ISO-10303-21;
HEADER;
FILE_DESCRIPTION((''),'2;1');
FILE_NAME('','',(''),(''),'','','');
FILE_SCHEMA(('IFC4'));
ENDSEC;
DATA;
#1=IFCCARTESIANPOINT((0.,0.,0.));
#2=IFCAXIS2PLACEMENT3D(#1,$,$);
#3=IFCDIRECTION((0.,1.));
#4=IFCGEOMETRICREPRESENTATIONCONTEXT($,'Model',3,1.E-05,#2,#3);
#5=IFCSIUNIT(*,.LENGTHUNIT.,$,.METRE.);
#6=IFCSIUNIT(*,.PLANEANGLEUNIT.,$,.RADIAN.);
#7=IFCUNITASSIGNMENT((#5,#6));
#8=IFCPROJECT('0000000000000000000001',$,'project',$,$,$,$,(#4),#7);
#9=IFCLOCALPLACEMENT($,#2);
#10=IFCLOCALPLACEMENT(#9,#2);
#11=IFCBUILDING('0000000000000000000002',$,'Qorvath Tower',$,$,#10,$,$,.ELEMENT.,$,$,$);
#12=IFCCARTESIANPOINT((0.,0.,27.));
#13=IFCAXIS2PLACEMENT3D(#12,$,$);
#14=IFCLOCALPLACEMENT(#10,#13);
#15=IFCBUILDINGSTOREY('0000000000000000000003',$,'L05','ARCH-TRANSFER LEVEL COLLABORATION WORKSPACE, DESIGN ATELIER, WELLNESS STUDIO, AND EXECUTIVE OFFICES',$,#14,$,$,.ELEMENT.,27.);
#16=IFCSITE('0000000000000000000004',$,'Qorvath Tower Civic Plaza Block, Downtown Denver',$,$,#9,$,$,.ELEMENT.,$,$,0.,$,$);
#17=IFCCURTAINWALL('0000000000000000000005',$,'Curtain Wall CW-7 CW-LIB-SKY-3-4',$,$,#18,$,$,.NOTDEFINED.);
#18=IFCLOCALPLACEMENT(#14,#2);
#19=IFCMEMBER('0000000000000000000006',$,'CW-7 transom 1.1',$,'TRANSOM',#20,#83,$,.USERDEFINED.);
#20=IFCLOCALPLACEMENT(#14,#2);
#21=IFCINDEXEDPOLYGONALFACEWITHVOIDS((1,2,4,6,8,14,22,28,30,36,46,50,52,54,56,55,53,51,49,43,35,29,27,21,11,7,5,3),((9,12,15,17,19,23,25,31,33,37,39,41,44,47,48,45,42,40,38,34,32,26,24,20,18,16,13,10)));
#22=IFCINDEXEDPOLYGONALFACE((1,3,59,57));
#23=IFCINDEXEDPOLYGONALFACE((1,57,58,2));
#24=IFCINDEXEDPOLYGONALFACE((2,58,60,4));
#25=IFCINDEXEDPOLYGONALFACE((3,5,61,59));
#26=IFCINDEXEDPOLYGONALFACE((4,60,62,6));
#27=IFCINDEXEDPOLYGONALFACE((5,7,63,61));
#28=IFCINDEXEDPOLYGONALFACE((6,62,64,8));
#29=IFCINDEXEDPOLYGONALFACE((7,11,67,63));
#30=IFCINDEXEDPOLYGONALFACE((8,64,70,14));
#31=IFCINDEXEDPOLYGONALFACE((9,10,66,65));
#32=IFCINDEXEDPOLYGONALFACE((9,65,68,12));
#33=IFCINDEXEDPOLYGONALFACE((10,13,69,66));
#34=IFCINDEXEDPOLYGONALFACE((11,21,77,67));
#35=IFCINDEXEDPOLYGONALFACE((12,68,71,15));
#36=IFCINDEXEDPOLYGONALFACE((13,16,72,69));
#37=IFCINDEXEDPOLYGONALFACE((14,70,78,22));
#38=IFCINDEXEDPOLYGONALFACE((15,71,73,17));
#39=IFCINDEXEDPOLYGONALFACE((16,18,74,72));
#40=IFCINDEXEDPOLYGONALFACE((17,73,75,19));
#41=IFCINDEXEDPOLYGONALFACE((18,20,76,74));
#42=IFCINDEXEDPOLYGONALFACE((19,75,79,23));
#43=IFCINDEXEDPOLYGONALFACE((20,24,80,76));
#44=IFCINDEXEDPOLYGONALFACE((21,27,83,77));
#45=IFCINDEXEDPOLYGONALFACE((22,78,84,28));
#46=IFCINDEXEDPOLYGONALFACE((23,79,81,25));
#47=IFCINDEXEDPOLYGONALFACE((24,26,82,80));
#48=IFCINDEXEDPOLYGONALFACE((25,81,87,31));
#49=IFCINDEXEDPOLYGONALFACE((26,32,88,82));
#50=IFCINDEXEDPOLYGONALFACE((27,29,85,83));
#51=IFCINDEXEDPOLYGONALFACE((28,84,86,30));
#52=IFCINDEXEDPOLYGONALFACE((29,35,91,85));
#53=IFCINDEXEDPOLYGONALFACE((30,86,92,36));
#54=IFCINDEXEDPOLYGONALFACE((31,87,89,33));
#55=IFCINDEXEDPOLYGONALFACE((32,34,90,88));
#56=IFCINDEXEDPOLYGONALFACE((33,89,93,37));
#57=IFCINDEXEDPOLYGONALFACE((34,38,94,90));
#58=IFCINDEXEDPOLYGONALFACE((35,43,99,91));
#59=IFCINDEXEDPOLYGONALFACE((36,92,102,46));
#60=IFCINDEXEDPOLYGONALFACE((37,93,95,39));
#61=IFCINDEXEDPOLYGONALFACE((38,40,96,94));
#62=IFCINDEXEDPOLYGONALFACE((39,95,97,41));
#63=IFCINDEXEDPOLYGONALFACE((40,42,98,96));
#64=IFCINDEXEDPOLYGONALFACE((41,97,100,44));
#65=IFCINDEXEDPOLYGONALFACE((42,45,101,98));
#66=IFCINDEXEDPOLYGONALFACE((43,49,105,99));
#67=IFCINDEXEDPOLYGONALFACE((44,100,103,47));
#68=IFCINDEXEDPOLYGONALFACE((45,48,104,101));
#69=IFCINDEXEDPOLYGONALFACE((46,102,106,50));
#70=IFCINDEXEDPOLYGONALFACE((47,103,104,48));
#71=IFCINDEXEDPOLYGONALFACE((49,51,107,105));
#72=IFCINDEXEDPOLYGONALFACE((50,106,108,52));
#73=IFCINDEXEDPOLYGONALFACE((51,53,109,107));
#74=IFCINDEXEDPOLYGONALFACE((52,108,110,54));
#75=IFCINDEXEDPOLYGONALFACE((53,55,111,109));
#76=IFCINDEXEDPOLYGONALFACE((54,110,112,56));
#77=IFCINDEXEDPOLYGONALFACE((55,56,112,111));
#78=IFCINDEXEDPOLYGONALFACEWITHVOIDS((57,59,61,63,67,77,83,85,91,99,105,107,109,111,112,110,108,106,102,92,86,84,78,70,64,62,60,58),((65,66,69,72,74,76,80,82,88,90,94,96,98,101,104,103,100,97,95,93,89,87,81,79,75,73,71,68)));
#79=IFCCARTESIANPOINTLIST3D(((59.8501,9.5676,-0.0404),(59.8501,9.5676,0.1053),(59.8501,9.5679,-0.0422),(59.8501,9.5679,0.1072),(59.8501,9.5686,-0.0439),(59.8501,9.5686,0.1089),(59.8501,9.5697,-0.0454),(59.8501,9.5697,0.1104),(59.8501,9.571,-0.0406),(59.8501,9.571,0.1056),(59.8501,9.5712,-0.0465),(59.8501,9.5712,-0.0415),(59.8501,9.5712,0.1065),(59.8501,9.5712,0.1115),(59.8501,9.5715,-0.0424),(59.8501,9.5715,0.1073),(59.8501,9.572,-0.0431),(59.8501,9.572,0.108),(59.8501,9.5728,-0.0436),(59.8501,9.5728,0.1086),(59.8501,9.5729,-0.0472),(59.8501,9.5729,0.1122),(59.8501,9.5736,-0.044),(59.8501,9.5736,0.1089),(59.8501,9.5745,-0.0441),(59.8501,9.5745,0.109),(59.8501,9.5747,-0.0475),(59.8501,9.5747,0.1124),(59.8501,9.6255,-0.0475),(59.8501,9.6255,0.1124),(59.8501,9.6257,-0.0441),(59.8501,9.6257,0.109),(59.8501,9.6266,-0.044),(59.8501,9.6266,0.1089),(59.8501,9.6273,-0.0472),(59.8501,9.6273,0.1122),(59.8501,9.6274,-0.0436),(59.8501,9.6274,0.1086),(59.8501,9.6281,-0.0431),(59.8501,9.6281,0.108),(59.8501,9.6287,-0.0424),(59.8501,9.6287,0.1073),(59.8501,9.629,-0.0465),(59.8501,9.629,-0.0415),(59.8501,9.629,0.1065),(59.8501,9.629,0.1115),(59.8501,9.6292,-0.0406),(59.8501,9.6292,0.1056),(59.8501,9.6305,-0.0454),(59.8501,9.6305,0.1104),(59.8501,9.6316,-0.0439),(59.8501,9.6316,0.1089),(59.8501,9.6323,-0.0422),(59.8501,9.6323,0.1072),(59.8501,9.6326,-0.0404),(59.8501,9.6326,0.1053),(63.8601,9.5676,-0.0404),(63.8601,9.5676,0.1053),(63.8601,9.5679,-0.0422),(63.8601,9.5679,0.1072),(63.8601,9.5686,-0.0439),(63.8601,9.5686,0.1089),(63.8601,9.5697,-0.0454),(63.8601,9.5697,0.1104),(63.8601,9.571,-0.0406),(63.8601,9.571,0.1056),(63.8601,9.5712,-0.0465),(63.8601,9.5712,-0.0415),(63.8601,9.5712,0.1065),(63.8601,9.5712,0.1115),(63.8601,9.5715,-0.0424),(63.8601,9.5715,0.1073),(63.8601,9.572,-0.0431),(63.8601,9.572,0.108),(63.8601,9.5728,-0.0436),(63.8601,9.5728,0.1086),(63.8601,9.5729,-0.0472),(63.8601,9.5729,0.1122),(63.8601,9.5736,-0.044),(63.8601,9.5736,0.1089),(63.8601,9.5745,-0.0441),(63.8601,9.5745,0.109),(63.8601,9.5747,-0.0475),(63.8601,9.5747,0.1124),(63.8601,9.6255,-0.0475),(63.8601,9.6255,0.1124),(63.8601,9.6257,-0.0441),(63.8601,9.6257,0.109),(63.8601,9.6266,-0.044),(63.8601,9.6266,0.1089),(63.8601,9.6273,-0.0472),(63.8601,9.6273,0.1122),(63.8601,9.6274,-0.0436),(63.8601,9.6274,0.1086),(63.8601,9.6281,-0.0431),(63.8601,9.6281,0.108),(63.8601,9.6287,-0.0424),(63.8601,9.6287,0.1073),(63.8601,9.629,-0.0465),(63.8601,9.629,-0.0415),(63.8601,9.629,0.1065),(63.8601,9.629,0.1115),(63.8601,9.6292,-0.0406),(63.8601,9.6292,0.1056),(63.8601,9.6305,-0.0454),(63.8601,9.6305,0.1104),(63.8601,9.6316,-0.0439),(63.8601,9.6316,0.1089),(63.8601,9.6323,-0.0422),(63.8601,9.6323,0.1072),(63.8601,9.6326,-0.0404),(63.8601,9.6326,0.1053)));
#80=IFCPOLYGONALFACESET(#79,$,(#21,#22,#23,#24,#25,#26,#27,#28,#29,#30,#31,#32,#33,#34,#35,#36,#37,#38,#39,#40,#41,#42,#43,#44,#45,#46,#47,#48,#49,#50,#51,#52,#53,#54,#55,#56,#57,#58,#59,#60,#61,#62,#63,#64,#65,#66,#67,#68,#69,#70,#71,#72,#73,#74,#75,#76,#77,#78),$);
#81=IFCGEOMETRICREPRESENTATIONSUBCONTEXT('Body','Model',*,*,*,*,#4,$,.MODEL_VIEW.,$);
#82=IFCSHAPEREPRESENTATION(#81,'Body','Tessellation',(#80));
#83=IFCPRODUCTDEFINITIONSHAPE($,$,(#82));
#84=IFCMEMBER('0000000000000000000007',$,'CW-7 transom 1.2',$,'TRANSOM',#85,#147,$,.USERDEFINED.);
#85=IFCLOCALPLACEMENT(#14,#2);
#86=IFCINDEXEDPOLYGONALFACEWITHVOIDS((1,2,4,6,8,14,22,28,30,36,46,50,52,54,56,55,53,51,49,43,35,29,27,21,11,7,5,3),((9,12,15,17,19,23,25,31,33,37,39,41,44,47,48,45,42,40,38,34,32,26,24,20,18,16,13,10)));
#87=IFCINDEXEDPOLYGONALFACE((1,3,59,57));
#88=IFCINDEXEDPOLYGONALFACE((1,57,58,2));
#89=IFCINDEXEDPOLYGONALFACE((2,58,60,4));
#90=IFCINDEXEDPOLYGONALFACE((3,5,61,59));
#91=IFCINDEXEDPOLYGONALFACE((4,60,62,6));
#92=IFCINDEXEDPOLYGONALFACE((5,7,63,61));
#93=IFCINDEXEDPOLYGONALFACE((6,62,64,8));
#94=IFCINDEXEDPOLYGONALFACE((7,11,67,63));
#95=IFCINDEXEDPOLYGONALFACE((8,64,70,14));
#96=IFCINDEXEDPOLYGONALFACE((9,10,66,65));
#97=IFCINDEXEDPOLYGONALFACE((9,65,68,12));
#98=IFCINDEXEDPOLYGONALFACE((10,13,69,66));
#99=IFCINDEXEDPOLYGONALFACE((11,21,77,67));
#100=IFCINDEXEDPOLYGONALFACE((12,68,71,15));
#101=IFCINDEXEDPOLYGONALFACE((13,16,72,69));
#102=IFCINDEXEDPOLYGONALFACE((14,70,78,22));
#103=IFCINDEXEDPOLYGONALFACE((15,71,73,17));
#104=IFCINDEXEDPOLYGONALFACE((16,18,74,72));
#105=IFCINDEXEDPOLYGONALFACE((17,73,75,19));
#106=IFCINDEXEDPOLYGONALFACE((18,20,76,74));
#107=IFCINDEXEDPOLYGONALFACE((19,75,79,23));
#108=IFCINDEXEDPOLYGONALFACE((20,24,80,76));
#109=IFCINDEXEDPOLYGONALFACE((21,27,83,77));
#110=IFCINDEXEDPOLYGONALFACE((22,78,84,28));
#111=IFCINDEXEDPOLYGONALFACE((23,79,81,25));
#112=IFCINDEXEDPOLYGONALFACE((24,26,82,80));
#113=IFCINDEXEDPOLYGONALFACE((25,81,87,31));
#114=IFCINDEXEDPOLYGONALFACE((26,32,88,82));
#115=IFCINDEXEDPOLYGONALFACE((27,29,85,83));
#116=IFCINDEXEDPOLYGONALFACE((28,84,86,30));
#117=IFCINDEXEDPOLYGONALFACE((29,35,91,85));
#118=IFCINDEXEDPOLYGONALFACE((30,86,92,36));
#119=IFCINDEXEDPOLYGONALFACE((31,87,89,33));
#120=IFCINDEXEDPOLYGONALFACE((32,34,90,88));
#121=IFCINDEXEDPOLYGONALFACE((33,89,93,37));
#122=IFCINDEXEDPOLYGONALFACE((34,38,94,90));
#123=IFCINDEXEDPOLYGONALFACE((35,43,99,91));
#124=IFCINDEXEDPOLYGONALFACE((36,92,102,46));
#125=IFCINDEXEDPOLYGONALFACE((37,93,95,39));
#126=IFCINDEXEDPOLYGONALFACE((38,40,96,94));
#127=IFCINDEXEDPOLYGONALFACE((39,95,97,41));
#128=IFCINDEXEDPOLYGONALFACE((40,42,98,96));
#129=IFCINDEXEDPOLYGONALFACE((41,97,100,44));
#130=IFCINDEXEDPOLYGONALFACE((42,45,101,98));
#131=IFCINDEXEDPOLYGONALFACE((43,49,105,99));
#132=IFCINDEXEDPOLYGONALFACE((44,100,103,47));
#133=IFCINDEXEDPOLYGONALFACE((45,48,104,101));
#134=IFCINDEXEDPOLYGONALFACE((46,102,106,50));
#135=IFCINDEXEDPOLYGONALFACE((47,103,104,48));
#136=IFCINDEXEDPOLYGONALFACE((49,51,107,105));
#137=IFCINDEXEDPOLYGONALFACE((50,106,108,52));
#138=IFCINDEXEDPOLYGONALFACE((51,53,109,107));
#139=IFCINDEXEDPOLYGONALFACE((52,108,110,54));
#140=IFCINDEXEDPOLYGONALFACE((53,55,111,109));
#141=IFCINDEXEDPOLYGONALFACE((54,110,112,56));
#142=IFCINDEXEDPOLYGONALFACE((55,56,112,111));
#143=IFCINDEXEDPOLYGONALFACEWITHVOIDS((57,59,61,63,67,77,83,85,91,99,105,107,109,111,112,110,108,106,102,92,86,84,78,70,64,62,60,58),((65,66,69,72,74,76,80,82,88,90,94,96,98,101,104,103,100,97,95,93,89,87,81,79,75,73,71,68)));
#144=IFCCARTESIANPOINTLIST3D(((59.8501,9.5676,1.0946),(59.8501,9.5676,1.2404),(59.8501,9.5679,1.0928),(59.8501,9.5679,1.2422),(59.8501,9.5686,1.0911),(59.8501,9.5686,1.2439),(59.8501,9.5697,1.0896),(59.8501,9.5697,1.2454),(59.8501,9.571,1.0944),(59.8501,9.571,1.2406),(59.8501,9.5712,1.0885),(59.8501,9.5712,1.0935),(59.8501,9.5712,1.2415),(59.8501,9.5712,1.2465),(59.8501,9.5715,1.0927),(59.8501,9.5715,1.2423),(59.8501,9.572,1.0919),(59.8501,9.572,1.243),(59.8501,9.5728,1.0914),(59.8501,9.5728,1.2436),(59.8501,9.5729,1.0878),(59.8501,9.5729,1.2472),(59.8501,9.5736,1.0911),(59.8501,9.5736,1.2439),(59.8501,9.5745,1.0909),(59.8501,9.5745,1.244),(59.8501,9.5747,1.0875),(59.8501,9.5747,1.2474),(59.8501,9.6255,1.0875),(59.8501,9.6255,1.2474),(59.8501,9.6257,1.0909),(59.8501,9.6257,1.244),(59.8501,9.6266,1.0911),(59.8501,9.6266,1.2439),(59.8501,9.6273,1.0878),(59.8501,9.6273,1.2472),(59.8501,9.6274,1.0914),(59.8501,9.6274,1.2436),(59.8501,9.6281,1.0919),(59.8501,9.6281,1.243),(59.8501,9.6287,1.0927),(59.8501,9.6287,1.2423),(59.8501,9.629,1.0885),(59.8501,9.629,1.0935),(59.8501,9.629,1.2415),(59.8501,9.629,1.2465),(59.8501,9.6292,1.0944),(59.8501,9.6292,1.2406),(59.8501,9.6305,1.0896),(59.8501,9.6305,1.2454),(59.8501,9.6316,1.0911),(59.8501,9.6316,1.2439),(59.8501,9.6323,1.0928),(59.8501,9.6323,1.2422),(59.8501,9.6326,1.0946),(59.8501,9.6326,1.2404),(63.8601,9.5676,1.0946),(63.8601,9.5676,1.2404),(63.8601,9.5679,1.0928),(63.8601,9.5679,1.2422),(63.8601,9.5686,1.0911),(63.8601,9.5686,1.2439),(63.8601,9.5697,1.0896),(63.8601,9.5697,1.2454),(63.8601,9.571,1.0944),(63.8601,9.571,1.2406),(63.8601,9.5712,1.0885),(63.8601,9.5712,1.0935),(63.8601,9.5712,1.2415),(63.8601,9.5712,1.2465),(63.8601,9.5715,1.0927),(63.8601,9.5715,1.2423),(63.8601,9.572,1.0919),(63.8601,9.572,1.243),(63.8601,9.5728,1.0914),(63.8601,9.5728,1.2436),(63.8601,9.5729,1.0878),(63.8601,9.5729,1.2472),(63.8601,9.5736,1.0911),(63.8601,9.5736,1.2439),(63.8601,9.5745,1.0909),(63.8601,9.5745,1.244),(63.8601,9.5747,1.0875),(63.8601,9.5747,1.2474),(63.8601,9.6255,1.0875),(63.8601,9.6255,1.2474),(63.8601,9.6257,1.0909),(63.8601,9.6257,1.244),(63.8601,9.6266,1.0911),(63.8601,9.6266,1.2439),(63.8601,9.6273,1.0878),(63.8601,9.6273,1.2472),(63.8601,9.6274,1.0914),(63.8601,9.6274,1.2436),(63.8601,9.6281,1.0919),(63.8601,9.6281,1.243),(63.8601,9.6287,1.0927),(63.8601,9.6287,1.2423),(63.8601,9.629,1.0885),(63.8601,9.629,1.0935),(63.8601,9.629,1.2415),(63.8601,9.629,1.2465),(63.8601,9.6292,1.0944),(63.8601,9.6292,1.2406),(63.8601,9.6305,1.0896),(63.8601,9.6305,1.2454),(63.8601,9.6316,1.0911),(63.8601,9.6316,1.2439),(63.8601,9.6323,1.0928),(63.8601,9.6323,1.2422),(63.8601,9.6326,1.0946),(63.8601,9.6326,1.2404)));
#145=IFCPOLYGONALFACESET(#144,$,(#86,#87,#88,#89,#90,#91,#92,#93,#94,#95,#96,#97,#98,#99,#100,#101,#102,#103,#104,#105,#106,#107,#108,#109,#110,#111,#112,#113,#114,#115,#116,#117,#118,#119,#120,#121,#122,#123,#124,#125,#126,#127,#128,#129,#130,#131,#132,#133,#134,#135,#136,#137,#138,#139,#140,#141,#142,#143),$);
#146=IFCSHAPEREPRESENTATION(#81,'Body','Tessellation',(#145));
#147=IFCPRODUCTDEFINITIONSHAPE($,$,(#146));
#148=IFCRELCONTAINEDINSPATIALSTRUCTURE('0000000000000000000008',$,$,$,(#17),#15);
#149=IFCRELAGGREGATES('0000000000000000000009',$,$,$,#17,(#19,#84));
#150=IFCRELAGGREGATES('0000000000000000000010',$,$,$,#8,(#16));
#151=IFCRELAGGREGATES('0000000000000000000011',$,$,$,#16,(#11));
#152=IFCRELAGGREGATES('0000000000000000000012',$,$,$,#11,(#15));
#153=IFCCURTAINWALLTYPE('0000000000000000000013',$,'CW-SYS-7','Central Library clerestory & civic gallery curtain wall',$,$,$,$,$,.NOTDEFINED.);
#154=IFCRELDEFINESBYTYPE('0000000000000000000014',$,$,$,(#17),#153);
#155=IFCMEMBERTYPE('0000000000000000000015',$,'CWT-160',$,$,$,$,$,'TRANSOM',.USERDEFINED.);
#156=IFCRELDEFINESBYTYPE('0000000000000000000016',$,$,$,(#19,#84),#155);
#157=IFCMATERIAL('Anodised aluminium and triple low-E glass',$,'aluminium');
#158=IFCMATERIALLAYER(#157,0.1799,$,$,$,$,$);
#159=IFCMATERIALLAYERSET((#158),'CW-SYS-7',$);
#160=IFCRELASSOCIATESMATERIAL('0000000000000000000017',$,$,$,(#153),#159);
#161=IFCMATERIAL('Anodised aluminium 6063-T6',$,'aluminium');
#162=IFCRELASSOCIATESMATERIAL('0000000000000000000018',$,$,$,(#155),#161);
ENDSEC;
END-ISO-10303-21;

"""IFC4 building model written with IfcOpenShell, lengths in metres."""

from ifc_helpers import new_model, si_unit, direction, frame, origin, origin_2d, place, context, subcontext, project, spatial, hollow_rectangle, extrude, material, layer, layer_set, material_profile, profile_set, type_object, element, aggregate, save


model = new_model("IFC4")

# Units and contexts
model_context = context("Model", 3, precision=1e-05, world=origin(), true_north=direction((0.0, 1.0)))
body_context = subcontext(model_context, "Body", "Model", "MODEL_VIEW")
ifc_project = project(units=[si_unit("LENGTHUNIT", "METRE"), si_unit("PLANEANGLEUNIT", "RADIAN")], contexts=[model_context])

# Site, building, storey
site_placement = place(None, origin())
site = spatial("IfcSite", under=ifc_project, at=site_placement, Name="Qorvath Tower Civic Plaza Block, Downtown Denver", CompositionType="ELEMENT", RefElevation=0.0)
building_placement = place(site_placement, origin())
building = spatial("IfcBuilding", under=site, at=building_placement, Name="Qorvath Tower", CompositionType="ELEMENT")
storey_placement = place(building_placement, frame((0.0, 0.0, 27.0)))
storey = spatial("IfcBuildingStorey", under=building, at=storey_placement, Name="L05", Description="ARCH-TRANSFER LEVEL COLLABORATION WORKSPACE, DESIGN ATELIER, WELLNESS STUDIO, AND EXECUTIVE OFFICES", CompositionType="ELEMENT", Elevation=27.0)

# Shared definitions
ifc_material_1 = material(Name="Anodised aluminium and triple low-E glass", Category="aluminium")
ifc_layer_1 = layer(ifc_material_1, 0.1799)
ifc_layer_set_1 = layer_set([ifc_layer_1], Name="CW-SYS-7")
curtain_wall_type = type_object("IfcCurtainWallType", Name="CW-SYS-7", Description="Central Library clerestory & civic gallery curtain wall", PredefinedType="NOTDEFINED", material=ifc_layer_set_1)

# Curtain wall
curtain_wall_1_placement = place(storey_placement, origin())
curtain_wall_1 = element("IfcCurtainWall", 1, at=curtain_wall_1_placement, inside=storey, type_object=curtain_wall_type, Name="Curtain Wall CW-7 CW-LIB-SKY-3-4", PredefinedType="NOTDEFINED")

# Members
ifc_material_2 = material(Name="Anodised aluminium 6063-T6", Category="aluminium")
ifc_material_profile_1 = material_profile(ifc_material_2, hollow_rectangle(XDim=0.0649, YDim=0.1599, WallThickness=0.0034, InnerFilletRadius=0.0034, OuterFilletRadius=0.0071, at=origin_2d()), Name="CWT 160x65")
ifc_profile_set_1 = profile_set([ifc_material_profile_1], Name="Anodised aluminium 6063-T6")
member_type_1 = type_object("IfcMemberType", Name="CWT-160", ElementType="TRANSOM", PredefinedType="USERDEFINED", material=ifc_profile_set_1)
member_1_placement = place(storey_placement, frame((59.8501, 9.6001, 0.0325), z_axis=(1.0, 0.0, 0.0), x_axis=(0.0, 1.0, 0.0)))
member_1 = element("IfcMember", 2, at=member_1_placement, type_object=member_type_1, Name="CW-7 transom 1.1", ObjectType="TRANSOM", PredefinedType="USERDEFINED", context=body_context, shape_type="SweptSolid", body=[
    extrude(hollow_rectangle(XDim=0.0649, YDim=0.1599, WallThickness=0.0034, InnerFilletRadius=0.0034, OuterFilletRadius=0.0071, at=origin_2d()), origin(), (0.0, 0.0, 1.0), 4.01),
])
member_2_placement = place(storey_placement, frame((59.8501, 9.6001, 1.1675), z_axis=(1.0, 0.0, 0.0), x_axis=(0.0, 1.0, 0.0)))
member_2 = element("IfcMember", 3, at=member_2_placement, type_object=member_type_1, Name="CW-7 transom 1.2", ObjectType="TRANSOM", PredefinedType="USERDEFINED", context=body_context, shape_type="SweptSolid", body=[
    extrude(hollow_rectangle(XDim=0.0649, YDim=0.1599, WallThickness=0.0034, InnerFilletRadius=0.0034, OuterFilletRadius=0.0071, at=origin_2d()), origin(), (0.0, 0.0, 1.0), 4.01),
])

aggregate(curtain_wall_1, [member_1, member_2])

save(model, "model.ifc")
